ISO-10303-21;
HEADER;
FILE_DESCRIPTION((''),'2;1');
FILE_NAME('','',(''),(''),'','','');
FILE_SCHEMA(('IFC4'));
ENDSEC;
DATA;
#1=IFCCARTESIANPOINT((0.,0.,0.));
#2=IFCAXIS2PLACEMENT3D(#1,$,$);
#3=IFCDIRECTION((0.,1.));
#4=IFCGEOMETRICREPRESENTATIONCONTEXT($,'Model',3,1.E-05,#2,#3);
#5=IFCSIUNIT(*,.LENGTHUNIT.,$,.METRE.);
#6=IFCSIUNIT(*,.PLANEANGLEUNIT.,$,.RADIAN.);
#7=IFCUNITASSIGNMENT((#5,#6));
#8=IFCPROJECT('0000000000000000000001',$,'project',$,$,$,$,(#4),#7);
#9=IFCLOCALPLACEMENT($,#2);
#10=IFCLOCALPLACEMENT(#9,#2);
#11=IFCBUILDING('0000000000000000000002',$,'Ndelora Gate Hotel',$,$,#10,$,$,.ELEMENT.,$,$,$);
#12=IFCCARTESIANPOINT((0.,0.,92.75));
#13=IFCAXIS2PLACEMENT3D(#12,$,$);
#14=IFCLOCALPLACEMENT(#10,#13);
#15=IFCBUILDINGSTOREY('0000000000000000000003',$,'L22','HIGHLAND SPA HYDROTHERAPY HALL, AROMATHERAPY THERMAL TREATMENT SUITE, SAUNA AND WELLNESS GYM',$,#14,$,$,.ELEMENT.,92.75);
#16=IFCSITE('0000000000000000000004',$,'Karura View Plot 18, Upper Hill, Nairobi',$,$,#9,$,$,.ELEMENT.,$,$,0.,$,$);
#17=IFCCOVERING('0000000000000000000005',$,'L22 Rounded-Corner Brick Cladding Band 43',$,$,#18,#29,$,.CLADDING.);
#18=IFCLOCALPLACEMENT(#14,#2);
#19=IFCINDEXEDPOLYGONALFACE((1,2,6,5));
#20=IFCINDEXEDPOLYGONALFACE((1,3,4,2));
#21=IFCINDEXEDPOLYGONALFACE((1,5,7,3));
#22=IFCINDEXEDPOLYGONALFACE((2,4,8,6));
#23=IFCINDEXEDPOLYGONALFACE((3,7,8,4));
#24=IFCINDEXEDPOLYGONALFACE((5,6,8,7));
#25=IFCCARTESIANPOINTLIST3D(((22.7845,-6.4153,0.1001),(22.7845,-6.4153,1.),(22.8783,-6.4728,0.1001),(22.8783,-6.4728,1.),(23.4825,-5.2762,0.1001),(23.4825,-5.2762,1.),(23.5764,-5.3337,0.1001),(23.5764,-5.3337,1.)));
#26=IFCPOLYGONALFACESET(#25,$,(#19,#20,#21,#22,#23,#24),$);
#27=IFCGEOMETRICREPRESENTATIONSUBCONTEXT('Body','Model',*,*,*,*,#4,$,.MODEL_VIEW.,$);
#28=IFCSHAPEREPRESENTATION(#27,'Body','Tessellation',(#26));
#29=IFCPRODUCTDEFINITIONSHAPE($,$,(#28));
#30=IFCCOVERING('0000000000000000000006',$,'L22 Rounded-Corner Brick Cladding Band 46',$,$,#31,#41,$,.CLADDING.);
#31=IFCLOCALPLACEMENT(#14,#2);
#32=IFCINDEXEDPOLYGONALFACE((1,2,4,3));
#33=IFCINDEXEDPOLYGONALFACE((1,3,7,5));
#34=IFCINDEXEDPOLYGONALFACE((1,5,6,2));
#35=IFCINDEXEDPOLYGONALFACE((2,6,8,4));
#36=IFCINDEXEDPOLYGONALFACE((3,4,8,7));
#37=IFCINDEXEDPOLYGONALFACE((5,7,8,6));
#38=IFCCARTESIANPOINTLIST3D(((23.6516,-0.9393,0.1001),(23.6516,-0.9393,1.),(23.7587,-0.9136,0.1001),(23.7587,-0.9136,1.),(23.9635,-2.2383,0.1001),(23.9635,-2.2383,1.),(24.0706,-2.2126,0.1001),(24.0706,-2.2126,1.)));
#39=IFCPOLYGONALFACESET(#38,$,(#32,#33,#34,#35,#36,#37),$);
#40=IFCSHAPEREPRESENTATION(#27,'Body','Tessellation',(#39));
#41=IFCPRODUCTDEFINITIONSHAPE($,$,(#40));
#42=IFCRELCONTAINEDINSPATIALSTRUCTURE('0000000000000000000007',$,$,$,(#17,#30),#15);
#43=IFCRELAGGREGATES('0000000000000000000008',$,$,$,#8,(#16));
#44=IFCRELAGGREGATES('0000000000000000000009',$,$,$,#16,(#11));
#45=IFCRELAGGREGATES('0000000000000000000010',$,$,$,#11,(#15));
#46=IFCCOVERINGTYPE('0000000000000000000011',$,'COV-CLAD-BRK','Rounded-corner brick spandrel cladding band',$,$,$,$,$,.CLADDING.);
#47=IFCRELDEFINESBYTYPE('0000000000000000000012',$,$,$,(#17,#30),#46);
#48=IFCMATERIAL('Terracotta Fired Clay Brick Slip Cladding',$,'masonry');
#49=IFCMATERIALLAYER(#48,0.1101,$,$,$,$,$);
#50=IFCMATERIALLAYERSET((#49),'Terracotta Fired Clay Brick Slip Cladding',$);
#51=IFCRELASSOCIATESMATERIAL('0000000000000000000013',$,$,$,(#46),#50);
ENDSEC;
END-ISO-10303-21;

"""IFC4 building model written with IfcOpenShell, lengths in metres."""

from ifc_helpers import new_model, si_unit, direction, frame, origin, origin_2d, place, context, subcontext, project, spatial, rectangle, extrude, material, layer, layer_set, type_object, element, save


model = new_model("IFC4")

# Units and contexts
model_context = context("Model", 3, precision=1e-05, world=origin(), true_north=direction((0.0, 1.0)))
body_context = subcontext(model_context, "Body", "Model", "MODEL_VIEW")
ifc_project = project(units=[si_unit("LENGTHUNIT", "METRE"), si_unit("PLANEANGLEUNIT", "RADIAN")], contexts=[model_context])

# Site, building, storey
site_placement = place(None, origin())
site = spatial("IfcSite", under=ifc_project, at=site_placement, Name="Karura View Plot 18, Upper Hill, Nairobi", CompositionType="ELEMENT", RefElevation=0.0)
building_placement = place(site_placement, origin())
building = spatial("IfcBuilding", under=site, at=building_placement, Name="Ndelora Gate Hotel", CompositionType="ELEMENT")
storey_placement = place(building_placement, frame((0.0, 0.0, 92.75)))
storey = spatial("IfcBuildingStorey", under=building, at=storey_placement, Name="L22", Description="HIGHLAND SPA HYDROTHERAPY HALL, AROMATHERAPY THERMAL TREATMENT SUITE, SAUNA AND WELLNESS GYM", CompositionType="ELEMENT", Elevation=92.75)

# Coverings
ifc_material_1 = material(Name="Terracotta Fired Clay Brick Slip Cladding", Category="masonry")
ifc_layer_1 = layer(ifc_material_1, 0.1101)
ifc_layer_set_1 = layer_set([ifc_layer_1], Name="Terracotta Fired Clay Brick Slip Cladding")
covering_type = type_object("IfcCoveringType", Name="COV-CLAD-BRK", Description="Rounded-corner brick spandrel cladding band", PredefinedType="CLADDING", material=ifc_layer_set_1)
for number, where, z_axis, x_axis, name in (
    (1, (23.1804, -5.8745, 0.1001), (0.0, 0.0, 1.0), (0.522499, 0.85264, 0.0), "L22 Rounded-Corner Brick Cladding Band 43"),
    (2, (23.8611, -1.5759, 0.1001), (0.0, 0.0, 1.0), (-0.233445, 0.97237, 0.0), "L22 Rounded-Corner Brick Cladding Band 46"),
):
    element("IfcCovering", number, at=place(storey_placement, frame(where, z_axis=z_axis, x_axis=x_axis)), inside=storey, type_object=covering_type, Name=name, PredefinedType="CLADDING", context=body_context, shape_type="SweptSolid", body=[
        extrude(rectangle(XDim=1.3359, YDim=0.1101, at=origin_2d()), origin(), (0.0, 0.0, 1.0), 0.8999),
    ])

save(model, "model.ifc")
